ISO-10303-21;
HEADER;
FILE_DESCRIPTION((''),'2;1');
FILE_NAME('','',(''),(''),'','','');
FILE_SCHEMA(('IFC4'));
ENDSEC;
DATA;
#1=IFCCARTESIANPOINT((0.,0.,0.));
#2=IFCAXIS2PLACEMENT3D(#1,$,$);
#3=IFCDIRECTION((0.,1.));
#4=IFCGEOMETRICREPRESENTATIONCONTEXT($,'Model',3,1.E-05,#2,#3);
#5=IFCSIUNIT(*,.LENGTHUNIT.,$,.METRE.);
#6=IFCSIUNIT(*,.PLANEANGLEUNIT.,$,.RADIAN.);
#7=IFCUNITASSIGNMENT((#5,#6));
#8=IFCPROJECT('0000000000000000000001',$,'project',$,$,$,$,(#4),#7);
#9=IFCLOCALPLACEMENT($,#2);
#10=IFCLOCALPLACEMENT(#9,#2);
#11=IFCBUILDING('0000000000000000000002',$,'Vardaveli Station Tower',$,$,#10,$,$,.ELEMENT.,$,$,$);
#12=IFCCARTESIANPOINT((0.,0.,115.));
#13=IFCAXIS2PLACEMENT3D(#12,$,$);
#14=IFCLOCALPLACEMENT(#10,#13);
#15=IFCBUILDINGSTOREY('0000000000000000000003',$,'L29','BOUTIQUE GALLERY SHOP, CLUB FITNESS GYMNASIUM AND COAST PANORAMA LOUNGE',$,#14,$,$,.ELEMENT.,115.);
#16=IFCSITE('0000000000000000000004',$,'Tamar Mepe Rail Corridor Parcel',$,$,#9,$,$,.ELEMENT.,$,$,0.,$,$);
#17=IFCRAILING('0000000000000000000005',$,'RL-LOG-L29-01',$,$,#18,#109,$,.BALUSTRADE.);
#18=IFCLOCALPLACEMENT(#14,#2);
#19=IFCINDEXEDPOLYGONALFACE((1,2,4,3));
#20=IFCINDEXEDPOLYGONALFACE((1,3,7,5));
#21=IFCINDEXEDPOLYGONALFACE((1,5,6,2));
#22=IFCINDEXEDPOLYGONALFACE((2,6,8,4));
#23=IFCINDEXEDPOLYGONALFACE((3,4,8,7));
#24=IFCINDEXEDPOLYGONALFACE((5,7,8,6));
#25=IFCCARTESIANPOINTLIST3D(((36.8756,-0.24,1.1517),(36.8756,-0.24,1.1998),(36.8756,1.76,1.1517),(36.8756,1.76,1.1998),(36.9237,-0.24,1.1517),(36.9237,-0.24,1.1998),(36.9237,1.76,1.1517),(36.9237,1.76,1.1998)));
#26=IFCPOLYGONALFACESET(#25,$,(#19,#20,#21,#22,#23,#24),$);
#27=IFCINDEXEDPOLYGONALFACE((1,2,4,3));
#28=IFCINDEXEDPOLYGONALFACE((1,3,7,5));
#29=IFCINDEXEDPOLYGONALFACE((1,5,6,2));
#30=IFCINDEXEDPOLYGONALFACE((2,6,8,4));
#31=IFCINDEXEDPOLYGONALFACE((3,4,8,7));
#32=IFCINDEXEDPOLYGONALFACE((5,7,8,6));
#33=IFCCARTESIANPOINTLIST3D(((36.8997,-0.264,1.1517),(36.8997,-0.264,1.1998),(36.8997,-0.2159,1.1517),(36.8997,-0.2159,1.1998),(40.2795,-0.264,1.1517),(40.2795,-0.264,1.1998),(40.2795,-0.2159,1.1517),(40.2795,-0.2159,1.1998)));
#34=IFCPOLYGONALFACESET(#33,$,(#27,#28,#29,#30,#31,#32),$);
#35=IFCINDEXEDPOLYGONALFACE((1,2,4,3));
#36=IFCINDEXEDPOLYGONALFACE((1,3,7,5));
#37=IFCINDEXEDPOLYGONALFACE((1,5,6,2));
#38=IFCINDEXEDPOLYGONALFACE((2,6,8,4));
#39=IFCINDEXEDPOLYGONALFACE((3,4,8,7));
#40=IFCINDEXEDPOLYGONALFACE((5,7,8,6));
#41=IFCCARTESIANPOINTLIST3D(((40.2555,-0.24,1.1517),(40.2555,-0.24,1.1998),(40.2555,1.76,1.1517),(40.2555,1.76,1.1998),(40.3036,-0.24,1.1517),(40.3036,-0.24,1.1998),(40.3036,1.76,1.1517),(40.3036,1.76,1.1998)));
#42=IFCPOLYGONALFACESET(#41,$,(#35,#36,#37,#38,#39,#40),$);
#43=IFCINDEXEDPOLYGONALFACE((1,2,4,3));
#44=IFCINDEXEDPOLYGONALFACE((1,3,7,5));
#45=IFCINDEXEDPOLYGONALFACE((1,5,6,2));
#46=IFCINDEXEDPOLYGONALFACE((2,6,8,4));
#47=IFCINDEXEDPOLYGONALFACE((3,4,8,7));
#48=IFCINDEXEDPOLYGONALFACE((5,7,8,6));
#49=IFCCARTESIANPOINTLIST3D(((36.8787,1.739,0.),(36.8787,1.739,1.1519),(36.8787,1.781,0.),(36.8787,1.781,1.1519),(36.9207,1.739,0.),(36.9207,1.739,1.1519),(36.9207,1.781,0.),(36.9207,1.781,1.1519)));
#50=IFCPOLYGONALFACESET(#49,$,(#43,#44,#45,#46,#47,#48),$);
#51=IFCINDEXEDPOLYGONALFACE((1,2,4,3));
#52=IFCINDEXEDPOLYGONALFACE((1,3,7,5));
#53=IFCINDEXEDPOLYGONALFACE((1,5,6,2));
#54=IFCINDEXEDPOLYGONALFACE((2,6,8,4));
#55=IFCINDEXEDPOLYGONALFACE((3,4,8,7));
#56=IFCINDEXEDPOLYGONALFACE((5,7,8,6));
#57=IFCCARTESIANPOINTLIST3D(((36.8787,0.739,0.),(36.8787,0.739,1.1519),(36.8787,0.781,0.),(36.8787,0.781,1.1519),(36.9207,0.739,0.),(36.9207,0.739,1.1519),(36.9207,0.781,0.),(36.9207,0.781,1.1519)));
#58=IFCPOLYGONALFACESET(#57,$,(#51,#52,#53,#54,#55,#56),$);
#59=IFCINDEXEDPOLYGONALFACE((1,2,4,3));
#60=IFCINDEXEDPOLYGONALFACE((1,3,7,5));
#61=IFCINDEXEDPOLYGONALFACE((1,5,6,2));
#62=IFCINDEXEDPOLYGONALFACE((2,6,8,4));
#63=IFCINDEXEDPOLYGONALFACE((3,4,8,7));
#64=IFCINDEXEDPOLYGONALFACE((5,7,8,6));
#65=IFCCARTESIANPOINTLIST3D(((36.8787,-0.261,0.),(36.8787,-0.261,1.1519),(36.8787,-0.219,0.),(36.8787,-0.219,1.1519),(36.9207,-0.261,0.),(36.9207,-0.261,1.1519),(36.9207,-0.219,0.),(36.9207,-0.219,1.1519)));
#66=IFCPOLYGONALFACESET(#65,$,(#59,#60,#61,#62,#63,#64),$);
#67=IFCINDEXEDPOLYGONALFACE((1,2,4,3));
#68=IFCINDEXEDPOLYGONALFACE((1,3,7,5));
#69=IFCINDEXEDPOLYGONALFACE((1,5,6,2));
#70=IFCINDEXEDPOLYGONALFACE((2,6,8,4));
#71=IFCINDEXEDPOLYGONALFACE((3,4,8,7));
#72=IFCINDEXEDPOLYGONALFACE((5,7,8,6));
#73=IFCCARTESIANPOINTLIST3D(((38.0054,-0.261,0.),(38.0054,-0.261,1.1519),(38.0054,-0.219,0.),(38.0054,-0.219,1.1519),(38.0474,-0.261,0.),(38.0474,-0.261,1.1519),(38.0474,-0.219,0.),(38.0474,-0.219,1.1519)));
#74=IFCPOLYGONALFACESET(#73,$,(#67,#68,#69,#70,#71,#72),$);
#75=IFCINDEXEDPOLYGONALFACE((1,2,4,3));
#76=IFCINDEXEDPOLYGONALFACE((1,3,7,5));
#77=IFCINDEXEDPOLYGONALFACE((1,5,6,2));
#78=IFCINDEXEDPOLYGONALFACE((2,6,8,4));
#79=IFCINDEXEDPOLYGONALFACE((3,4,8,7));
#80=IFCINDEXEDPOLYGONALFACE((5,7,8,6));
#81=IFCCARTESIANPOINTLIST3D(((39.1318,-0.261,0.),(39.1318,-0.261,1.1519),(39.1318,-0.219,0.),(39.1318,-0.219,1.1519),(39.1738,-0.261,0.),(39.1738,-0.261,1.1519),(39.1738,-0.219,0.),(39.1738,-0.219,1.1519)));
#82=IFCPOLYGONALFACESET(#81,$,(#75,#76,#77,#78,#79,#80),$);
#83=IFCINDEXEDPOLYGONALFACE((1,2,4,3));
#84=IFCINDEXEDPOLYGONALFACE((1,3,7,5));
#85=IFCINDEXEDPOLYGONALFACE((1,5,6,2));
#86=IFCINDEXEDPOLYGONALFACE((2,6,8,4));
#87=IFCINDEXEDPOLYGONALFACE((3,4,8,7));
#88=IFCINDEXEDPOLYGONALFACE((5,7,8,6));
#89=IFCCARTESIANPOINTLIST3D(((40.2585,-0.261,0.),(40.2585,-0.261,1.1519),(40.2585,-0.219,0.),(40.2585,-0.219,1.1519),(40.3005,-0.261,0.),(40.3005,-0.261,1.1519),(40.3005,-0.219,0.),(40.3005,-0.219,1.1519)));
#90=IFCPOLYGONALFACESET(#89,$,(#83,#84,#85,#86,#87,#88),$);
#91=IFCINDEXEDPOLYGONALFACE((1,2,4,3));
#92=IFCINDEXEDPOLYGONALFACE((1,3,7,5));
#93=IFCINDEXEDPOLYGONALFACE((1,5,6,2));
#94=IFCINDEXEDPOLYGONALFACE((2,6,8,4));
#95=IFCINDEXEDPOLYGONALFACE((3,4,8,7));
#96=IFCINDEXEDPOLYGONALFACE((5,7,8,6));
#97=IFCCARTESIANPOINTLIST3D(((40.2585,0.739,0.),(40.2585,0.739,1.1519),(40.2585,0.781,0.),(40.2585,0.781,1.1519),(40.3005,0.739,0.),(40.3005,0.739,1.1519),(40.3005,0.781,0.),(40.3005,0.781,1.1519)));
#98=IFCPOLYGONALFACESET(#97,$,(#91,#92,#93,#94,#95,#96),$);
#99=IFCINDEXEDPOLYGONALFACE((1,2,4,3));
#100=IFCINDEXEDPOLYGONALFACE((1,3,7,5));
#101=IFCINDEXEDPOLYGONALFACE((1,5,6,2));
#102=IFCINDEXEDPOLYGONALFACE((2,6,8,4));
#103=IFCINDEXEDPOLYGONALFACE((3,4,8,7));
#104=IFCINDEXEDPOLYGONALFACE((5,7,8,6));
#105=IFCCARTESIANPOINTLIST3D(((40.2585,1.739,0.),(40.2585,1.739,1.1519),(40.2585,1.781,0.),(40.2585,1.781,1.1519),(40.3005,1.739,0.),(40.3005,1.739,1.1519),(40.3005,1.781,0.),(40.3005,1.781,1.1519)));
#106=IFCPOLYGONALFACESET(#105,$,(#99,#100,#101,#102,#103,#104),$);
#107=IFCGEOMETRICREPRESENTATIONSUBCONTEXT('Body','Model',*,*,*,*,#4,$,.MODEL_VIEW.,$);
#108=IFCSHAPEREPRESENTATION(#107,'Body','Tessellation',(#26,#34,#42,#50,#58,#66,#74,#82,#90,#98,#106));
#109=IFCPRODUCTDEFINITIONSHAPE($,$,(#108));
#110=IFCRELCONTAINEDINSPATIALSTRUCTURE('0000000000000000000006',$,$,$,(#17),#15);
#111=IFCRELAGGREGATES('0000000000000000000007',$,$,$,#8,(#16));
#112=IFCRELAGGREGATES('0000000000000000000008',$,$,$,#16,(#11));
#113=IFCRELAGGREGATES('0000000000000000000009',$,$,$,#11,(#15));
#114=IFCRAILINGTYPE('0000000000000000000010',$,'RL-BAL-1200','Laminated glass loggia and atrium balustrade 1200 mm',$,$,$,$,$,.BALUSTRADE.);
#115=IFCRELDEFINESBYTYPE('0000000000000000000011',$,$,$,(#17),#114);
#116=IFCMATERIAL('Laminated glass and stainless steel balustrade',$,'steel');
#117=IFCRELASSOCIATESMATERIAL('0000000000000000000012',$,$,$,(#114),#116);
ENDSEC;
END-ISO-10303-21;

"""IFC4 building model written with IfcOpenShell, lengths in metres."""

from ifc_helpers import new_model, si_unit, direction, frame, origin, origin_2d, place, context, subcontext, project, spatial, rectangle, extrude, source, transform, mapped, material, type_object, element, save


model = new_model("IFC4")

# Units and contexts
model_context = context("Model", 3, precision=1e-05, world=origin(), true_north=direction((0.0, 1.0)))
body_context = subcontext(model_context, "Body", "Model", "MODEL_VIEW")
ifc_project = project(units=[si_unit("LENGTHUNIT", "METRE"), si_unit("PLANEANGLEUNIT", "RADIAN")], contexts=[model_context])

# Site, building, storey
site_placement = place(None, origin())
site = spatial("IfcSite", under=ifc_project, at=site_placement, Name="Tamar Mepe Rail Corridor Parcel", CompositionType="ELEMENT", RefElevation=0.0)
building_placement = place(site_placement, origin())
building = spatial("IfcBuilding", under=site, at=building_placement, Name="Vardaveli Station Tower", CompositionType="ELEMENT")
storey_placement = place(building_placement, frame((0.0, 0.0, 115.0)))
storey = spatial("IfcBuildingStorey", under=building, at=storey_placement, Name="L29", Description="BOUTIQUE GALLERY SHOP, CLUB FITNESS GYMNASIUM AND COAST PANORAMA LOUNGE", CompositionType="ELEMENT", Elevation=115.0)

# Railing
ifc_material_1 = material(Name="Laminated glass and stainless steel balustrade", Category="steel")
railing_type = type_object("IfcRailingType", Name="RL-BAL-1200", Description="Laminated glass loggia and atrium balustrade 1200 mm", PredefinedType="BALUSTRADE", material=ifc_material_1)
shared_shape_1 = source(origin(), body_context, "Body", "SweptSolid", [
    extrude(rectangle(XDim=0.0481, YDim=0.0481, at=origin_2d()), frame((0.0, 0.0, 1.1758), z_axis=(0.0, -1.0, 0.0), x_axis=(1.0, 0.0, 0.0)), (0.0, 0.0, 1.0), 2.0),
    extrude(rectangle(XDim=0.0481, YDim=0.0481, at=origin_2d()), frame((0.0, -2.0, 1.1758), z_axis=(1.0, 0.0, 0.0), x_axis=(0.0, 1.0, 0.0)), (0.0, 0.0, 1.0), 3.3799),
    extrude(rectangle(XDim=0.0481, YDim=0.0481, at=origin_2d()), frame((3.3799, -2.0, 1.1758), z_axis=(0.0, 1.0, 0.0), x_axis=(-1.0, 0.0, 0.0)), (0.0, 0.0, 1.0), 2.0),
    extrude(rectangle(XDim=0.042, YDim=0.042, at=origin_2d()), origin(), (0.0, 0.0, 1.0), 1.1519),
    extrude(rectangle(XDim=0.042, YDim=0.042, at=origin_2d()), frame((0.0, -1.0, 0.0)), (0.0, 0.0, 1.0), 1.1519),
    extrude(rectangle(XDim=0.042, YDim=0.042, at=origin_2d()), frame((0.0, -2.0, 0.0)), (0.0, 0.0, 1.0), 1.1519),
    extrude(rectangle(XDim=0.042, YDim=0.042, at=origin_2d()), frame((1.1267, -2.0, 0.0)), (0.0, 0.0, 1.0), 1.1519),
    extrude(rectangle(XDim=0.042, YDim=0.042, at=origin_2d()), frame((2.2532, -2.0, 0.0)), (0.0, 0.0, 1.0), 1.1519),
    extrude(rectangle(XDim=0.042, YDim=0.042, at=origin_2d()), frame((3.3799, -2.0, 0.0)), (0.0, 0.0, 1.0), 1.1519),
    extrude(rectangle(XDim=0.042, YDim=0.042, at=origin_2d()), frame((3.3799, -1.0, 0.0)), (0.0, 0.0, 1.0), 1.1519),
    extrude(rectangle(XDim=0.042, YDim=0.042, at=origin_2d()), frame((3.3799, 0.0, 0.0)), (0.0, 0.0, 1.0), 1.1519),
])
railing_placement = place(storey_placement, frame((36.8997, 1.76, 0.0)))
element("IfcRailing", 1, at=railing_placement, inside=storey, type_object=railing_type, Name="RL-LOG-L29-01", PredefinedType="BALUSTRADE", context=body_context, shape_type="MappedRepresentation", body=[
    mapped(shared_shape_1, transform((0.0, 0.0, 0.0), scale=1.0)),
])

save(model, "model.ifc")
